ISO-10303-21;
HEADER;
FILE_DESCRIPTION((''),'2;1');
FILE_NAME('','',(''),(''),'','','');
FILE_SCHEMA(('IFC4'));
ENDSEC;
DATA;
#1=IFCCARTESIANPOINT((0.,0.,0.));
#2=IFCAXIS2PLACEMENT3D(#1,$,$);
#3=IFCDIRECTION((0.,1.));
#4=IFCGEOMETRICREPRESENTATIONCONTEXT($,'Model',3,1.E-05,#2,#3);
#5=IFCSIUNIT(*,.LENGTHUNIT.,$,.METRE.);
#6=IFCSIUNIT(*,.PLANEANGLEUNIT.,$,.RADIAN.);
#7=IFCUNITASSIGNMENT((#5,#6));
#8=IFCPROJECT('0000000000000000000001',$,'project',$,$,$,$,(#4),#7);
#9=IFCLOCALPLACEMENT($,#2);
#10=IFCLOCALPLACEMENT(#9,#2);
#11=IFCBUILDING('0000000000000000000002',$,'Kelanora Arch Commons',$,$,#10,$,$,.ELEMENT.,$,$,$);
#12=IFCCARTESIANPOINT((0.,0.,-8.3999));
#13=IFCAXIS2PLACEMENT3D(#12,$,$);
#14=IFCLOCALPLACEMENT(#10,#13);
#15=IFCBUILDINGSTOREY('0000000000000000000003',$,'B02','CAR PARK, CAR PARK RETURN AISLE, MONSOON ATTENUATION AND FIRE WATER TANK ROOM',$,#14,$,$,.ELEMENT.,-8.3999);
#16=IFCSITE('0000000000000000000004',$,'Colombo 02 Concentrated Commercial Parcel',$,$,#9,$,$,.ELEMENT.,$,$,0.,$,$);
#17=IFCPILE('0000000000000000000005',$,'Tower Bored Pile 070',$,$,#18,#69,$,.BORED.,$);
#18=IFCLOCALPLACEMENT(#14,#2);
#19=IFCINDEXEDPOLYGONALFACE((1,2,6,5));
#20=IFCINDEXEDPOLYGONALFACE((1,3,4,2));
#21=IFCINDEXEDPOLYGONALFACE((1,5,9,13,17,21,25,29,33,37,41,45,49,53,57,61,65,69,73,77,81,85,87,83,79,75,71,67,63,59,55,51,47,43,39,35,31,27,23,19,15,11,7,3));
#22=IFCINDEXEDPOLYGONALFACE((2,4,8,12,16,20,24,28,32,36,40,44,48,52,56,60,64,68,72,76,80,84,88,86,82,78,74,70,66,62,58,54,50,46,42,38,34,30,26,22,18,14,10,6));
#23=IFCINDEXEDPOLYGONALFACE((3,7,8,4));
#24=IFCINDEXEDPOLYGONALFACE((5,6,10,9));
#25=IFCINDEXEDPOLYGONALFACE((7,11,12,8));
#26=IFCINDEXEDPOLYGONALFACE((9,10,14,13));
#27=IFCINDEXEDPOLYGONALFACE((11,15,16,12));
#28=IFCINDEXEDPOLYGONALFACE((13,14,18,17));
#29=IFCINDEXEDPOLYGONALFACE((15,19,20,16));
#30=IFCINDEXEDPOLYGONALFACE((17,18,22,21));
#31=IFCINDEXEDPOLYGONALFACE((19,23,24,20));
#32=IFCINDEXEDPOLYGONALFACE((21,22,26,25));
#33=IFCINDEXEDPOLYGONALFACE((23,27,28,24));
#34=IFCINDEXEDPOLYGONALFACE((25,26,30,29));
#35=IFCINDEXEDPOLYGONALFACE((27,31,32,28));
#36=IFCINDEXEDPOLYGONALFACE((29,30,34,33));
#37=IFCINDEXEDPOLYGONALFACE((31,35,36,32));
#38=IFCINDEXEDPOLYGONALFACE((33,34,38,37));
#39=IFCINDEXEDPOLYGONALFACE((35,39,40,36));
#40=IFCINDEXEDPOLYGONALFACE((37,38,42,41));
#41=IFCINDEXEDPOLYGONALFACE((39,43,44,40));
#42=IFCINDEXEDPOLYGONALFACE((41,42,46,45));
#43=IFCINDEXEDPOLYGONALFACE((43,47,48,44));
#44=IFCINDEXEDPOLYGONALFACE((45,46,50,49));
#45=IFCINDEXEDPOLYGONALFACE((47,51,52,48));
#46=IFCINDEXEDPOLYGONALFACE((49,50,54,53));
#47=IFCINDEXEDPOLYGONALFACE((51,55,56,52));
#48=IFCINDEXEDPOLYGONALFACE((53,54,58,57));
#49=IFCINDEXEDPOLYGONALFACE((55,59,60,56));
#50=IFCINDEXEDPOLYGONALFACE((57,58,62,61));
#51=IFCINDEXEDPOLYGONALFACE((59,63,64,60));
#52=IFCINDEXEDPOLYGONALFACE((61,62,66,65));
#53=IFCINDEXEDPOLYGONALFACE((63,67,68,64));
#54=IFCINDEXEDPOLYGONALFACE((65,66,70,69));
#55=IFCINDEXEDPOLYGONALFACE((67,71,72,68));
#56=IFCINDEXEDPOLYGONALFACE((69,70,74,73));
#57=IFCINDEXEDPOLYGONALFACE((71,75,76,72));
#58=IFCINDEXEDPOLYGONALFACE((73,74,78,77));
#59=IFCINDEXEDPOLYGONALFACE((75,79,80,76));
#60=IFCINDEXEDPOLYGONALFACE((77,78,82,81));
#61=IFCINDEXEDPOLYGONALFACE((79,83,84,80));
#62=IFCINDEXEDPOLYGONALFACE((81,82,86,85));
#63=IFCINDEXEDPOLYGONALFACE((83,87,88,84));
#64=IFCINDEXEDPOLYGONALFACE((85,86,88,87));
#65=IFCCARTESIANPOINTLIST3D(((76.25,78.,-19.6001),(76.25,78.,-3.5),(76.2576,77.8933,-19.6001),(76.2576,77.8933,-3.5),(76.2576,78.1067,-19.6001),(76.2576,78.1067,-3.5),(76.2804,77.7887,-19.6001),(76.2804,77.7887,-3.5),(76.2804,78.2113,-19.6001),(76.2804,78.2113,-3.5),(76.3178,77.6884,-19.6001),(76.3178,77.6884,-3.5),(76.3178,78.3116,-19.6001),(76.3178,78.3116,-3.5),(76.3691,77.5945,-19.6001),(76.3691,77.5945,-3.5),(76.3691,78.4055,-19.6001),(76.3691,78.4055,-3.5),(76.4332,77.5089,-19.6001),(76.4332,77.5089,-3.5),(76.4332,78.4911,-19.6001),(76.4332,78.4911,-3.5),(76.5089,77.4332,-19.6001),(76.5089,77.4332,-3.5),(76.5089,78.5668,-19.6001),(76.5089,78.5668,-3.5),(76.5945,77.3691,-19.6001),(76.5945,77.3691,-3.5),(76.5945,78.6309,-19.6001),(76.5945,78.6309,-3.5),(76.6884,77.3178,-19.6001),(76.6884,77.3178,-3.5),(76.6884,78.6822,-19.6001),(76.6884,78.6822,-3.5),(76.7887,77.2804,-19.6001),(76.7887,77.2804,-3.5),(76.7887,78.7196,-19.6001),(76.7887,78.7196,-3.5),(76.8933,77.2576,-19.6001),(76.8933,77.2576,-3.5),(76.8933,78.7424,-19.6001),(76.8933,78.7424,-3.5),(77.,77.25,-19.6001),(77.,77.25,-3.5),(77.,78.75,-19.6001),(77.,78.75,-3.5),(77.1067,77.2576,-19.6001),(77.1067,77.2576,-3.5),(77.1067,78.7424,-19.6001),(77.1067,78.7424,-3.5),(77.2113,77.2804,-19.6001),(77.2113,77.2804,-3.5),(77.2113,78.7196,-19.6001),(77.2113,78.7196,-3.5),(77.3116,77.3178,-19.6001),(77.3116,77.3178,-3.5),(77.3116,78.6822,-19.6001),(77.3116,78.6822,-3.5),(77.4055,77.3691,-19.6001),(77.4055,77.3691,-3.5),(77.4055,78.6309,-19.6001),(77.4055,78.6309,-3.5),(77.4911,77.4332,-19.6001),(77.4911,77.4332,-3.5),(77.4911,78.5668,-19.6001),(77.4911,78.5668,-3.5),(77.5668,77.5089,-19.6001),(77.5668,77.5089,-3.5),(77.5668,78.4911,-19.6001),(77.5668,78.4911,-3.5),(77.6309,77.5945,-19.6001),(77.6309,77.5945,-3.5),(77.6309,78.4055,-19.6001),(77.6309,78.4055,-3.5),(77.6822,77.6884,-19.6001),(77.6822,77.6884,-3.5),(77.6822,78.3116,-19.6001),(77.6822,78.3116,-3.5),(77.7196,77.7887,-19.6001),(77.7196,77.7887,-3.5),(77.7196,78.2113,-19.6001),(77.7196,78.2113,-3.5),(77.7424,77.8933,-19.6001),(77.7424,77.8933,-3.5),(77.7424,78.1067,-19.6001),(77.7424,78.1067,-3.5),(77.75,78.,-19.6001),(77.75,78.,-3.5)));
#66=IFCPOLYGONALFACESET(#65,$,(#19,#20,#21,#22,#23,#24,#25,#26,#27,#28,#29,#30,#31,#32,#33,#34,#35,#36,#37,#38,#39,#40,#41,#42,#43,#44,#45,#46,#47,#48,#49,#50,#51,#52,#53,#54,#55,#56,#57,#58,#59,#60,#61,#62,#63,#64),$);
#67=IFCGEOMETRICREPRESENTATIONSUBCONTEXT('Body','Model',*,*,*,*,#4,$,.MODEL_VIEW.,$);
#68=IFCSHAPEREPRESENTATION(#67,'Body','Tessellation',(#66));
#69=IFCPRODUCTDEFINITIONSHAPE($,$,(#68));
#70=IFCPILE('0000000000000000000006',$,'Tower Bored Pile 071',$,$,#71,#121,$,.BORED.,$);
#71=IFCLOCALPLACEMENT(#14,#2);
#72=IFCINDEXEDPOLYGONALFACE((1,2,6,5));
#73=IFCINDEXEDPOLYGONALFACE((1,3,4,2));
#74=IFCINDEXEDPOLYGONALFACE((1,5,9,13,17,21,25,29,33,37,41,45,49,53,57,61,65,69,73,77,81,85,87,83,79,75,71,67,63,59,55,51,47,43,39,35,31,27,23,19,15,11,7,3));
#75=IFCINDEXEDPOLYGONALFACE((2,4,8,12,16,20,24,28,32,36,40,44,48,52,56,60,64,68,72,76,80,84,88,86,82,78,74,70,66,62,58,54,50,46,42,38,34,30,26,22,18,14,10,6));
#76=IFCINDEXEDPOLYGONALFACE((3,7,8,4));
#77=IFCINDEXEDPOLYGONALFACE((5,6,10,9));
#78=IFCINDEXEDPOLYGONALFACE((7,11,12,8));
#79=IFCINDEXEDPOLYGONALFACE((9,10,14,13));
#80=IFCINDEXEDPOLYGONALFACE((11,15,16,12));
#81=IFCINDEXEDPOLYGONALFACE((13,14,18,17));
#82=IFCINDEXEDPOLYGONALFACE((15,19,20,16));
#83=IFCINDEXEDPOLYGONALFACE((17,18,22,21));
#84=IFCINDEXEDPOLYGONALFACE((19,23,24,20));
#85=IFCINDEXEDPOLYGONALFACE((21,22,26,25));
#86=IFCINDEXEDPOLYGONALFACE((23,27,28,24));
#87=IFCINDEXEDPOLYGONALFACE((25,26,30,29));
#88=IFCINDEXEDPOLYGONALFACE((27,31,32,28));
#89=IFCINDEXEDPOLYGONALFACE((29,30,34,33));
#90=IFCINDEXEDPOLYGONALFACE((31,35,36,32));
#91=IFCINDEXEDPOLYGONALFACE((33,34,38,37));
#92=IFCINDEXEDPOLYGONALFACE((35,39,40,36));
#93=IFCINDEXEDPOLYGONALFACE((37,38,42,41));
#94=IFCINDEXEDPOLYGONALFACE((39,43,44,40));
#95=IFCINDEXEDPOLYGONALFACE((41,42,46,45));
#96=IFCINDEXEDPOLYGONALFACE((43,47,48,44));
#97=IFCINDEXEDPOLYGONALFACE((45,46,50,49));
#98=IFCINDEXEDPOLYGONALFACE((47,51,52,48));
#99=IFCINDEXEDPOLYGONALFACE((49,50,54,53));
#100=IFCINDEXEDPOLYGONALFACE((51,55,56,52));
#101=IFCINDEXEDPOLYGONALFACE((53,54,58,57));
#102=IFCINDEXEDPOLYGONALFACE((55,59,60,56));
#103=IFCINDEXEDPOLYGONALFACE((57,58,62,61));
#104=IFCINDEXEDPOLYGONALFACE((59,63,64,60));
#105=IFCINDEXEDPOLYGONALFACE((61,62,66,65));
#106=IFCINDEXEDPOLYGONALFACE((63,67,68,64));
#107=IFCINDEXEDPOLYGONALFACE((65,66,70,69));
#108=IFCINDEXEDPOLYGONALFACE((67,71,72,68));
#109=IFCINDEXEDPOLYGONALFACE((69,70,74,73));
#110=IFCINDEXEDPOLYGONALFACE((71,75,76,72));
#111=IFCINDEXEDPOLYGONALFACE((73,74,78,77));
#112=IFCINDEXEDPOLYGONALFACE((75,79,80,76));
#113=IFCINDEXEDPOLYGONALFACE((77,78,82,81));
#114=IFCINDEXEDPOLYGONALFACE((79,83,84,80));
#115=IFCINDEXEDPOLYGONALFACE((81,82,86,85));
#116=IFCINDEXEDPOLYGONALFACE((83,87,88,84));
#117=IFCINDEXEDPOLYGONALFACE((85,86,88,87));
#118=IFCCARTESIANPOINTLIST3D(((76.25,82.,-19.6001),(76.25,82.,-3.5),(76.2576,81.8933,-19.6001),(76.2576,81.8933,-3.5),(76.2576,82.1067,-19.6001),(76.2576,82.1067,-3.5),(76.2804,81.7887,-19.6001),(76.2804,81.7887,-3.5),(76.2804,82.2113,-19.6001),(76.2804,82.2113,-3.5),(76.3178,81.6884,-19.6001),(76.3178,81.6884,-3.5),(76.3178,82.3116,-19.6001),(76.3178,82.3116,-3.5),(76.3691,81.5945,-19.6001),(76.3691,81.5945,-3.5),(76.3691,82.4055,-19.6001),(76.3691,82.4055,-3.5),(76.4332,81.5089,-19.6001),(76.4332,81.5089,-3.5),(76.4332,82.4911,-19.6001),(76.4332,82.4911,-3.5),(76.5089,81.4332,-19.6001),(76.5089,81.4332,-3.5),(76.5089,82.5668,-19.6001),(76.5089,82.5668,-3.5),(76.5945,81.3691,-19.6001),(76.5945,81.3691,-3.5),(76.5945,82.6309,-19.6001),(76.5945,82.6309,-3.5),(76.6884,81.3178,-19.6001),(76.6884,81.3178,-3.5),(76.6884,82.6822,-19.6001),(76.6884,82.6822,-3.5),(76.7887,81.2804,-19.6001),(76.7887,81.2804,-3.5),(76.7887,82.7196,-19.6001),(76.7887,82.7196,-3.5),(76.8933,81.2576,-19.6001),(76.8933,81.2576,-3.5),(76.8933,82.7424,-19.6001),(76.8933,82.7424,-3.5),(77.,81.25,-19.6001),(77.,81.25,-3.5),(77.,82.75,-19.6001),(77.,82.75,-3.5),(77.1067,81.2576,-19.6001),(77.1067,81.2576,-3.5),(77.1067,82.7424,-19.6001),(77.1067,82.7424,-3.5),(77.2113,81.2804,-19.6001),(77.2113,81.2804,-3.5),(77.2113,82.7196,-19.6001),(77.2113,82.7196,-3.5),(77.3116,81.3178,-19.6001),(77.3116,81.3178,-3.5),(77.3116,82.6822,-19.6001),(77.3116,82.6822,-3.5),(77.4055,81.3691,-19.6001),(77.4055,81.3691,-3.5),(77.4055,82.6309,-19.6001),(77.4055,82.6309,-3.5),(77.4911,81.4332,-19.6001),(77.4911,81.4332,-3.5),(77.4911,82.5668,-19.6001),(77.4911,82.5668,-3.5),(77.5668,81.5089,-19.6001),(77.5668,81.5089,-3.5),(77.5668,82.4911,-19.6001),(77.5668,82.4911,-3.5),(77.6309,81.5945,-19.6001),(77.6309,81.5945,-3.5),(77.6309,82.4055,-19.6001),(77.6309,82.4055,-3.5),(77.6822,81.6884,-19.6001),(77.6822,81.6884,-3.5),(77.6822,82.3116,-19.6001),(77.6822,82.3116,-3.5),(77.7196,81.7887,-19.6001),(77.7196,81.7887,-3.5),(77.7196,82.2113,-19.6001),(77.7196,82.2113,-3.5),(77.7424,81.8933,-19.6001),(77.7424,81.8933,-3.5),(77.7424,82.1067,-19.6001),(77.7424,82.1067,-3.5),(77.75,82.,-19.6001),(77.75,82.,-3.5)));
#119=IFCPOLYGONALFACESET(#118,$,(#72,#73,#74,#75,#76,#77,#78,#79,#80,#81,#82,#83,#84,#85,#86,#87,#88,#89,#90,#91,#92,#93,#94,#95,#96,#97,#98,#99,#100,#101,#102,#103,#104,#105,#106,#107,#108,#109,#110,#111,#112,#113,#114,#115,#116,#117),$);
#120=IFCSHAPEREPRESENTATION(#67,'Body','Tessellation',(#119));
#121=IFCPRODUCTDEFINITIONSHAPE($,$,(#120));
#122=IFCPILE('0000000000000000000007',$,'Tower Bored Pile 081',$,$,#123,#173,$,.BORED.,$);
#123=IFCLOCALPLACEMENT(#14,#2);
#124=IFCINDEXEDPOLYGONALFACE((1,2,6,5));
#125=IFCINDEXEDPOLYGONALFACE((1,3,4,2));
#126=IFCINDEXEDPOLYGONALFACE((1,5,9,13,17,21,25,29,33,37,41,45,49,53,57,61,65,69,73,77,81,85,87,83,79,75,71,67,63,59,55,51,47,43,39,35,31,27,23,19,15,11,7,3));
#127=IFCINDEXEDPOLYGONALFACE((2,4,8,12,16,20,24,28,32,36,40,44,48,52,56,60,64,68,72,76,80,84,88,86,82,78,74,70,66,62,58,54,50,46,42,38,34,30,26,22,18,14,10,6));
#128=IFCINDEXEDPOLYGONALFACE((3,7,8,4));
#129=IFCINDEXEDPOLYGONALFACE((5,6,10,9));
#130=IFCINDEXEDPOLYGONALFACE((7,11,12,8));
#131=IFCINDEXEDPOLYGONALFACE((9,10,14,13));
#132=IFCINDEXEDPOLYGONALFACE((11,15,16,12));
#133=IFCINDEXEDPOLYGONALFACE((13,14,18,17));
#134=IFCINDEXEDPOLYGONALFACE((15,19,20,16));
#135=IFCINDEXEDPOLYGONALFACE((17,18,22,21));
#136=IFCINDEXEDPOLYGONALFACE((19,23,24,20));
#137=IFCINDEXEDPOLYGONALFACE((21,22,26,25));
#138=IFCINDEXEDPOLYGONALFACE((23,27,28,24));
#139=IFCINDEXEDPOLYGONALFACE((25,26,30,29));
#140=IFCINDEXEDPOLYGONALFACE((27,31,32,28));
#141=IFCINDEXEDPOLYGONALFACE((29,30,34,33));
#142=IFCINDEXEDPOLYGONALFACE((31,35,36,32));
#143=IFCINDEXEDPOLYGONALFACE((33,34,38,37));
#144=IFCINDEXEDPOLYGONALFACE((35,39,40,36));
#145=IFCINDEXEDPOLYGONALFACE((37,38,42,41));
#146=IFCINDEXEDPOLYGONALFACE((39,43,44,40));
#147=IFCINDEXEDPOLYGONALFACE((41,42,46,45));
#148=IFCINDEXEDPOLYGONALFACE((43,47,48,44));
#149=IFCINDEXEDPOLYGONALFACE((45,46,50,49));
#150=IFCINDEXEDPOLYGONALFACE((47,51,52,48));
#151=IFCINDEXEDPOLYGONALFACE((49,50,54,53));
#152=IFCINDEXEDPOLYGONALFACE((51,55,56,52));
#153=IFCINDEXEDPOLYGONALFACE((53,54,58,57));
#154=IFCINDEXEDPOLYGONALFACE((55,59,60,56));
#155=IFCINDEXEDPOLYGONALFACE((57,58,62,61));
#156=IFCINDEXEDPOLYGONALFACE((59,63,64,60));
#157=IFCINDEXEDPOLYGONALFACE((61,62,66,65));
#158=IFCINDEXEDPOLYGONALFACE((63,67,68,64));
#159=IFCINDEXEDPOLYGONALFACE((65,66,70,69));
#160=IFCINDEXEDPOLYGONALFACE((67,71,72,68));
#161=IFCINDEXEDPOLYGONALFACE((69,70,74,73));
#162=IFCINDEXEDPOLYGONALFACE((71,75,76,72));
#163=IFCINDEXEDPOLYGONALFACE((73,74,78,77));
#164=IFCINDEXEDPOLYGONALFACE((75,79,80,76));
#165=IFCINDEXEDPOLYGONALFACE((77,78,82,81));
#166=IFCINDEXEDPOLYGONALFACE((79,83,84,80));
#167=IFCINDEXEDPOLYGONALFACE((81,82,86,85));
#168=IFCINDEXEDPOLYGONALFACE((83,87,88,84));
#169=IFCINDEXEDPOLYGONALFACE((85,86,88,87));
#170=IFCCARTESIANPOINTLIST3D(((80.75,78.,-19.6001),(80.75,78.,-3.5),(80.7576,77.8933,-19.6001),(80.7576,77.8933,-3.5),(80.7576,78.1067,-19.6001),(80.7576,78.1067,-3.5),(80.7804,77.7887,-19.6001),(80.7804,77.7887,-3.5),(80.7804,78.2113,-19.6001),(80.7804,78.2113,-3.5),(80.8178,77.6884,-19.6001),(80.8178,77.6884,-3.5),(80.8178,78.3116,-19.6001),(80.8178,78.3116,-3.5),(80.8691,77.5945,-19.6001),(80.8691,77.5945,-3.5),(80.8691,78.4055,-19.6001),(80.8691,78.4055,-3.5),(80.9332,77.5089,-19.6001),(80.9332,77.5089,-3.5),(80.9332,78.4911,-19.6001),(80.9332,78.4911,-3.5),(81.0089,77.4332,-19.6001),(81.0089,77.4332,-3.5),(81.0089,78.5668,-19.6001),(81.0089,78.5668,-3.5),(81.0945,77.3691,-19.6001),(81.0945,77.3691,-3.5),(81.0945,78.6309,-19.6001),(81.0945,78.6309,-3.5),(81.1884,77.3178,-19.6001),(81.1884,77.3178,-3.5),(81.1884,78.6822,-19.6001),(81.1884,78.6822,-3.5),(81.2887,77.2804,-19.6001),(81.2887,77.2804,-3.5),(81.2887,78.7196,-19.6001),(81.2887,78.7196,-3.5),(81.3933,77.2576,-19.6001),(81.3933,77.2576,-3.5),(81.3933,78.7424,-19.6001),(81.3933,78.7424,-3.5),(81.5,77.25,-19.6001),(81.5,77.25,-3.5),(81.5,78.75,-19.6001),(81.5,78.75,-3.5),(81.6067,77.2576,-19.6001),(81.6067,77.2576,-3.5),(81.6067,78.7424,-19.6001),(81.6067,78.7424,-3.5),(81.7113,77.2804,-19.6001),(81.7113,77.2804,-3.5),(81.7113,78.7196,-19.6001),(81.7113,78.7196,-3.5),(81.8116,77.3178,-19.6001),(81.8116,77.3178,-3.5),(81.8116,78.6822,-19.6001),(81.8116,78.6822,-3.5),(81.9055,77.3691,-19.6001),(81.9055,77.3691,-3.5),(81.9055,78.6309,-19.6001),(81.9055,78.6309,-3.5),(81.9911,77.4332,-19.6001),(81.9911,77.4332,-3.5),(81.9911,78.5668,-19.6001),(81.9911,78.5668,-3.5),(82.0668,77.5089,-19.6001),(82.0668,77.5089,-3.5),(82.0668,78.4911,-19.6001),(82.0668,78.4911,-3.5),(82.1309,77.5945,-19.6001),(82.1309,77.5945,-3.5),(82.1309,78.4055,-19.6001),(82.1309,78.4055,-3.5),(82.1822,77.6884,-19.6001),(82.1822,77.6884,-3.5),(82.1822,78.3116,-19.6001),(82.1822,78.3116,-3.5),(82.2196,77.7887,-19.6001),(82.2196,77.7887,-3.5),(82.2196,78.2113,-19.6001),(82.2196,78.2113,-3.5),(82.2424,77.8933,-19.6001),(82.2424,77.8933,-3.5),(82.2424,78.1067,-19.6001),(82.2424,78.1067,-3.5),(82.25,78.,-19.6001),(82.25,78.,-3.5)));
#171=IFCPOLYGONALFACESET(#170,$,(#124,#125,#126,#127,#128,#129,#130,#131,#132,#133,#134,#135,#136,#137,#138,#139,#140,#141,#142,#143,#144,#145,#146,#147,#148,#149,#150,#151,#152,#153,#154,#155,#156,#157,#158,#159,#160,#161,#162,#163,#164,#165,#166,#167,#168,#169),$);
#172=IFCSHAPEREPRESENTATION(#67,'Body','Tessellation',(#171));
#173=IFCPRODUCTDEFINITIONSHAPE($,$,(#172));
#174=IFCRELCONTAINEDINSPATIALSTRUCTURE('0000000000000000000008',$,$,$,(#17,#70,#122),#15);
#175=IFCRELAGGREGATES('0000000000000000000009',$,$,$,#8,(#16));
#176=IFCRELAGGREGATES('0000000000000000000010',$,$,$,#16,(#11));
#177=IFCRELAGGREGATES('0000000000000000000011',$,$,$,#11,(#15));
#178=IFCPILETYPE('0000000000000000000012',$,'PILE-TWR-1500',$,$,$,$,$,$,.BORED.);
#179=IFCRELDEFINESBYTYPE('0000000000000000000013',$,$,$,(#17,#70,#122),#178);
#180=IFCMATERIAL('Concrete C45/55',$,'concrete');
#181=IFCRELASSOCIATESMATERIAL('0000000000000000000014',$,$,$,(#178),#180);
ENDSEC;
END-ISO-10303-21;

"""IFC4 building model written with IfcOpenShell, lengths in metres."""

from ifc_helpers import new_model, si_unit, direction, frame, origin, origin_2d, place, context, subcontext, project, spatial, circle, extrude, source, transform, mapped, material, material_profile, profile_set, type_object, element, save


model = new_model("IFC4")

# Units and contexts
model_context = context("Model", 3, precision=1e-05, world=origin(), true_north=direction((0.0, 1.0)))
body_context = subcontext(model_context, "Body", "Model", "MODEL_VIEW")
ifc_project = project(units=[si_unit("LENGTHUNIT", "METRE"), si_unit("PLANEANGLEUNIT", "RADIAN")], contexts=[model_context])

# Site, building, storey
site_placement = place(None, origin())
site = spatial("IfcSite", under=ifc_project, at=site_placement, Name="Colombo 02 Concentrated Commercial Parcel", CompositionType="ELEMENT", RefElevation=0.0)
building_placement = place(site_placement, origin())
building = spatial("IfcBuilding", under=site, at=building_placement, Name="Kelanora Arch Commons", CompositionType="ELEMENT")
storey_placement = place(building_placement, frame((0.0, 0.0, -8.3999)))
storey = spatial("IfcBuildingStorey", under=building, at=storey_placement, Name="B02", Description="CAR PARK, CAR PARK RETURN AISLE, MONSOON ATTENUATION AND FIRE WATER TANK ROOM", CompositionType="ELEMENT", Elevation=-8.3999)

# Piles
ifc_material_1 = material(Name="Concrete C45/55", Category="concrete")
ifc_material_profile_1 = material_profile(ifc_material_1, circle(Radius=0.75, at=origin_2d()), Name="PILE1500")
ifc_profile_set_1 = profile_set([ifc_material_profile_1], Name="Concrete C45/55")
pile_type_1 = type_object("IfcPileType", Name="PILE-TWR-1500", PredefinedType="BORED", material=ifc_profile_set_1)
shared_shape_1 = source(origin(), body_context, "Body", "SweptSolid", [
    extrude(circle(Radius=0.75, at=origin_2d()), origin(), (0.0, 0.0, 1.0), 16.1001),
])
for number, where, z_axis, x_axis, name in (
    (1, (77.0, 78.0, -3.5), (0.0, 0.0, -1.0), (1.0, 0.0, 0.0), "Tower Bored Pile 070"),
    (2, (77.0, 82.0, -3.5), (0.0, 0.0, -1.0), (1.0, 0.0, 0.0), "Tower Bored Pile 071"),
    (3, (81.5, 78.0, -3.5), (0.0, 0.0, -1.0), (1.0, 0.0, 0.0), "Tower Bored Pile 081"),
):
    element("IfcPile", number, at=place(storey_placement, frame(where, z_axis=z_axis, x_axis=x_axis)), inside=storey, type_object=pile_type_1, Name=name, PredefinedType="BORED", context=body_context, shape_type="MappedRepresentation", body=[
        mapped(shared_shape_1, transform((0.0, 0.0, 0.0), scale=1.0)),
    ])

save(model, "model.ifc")
